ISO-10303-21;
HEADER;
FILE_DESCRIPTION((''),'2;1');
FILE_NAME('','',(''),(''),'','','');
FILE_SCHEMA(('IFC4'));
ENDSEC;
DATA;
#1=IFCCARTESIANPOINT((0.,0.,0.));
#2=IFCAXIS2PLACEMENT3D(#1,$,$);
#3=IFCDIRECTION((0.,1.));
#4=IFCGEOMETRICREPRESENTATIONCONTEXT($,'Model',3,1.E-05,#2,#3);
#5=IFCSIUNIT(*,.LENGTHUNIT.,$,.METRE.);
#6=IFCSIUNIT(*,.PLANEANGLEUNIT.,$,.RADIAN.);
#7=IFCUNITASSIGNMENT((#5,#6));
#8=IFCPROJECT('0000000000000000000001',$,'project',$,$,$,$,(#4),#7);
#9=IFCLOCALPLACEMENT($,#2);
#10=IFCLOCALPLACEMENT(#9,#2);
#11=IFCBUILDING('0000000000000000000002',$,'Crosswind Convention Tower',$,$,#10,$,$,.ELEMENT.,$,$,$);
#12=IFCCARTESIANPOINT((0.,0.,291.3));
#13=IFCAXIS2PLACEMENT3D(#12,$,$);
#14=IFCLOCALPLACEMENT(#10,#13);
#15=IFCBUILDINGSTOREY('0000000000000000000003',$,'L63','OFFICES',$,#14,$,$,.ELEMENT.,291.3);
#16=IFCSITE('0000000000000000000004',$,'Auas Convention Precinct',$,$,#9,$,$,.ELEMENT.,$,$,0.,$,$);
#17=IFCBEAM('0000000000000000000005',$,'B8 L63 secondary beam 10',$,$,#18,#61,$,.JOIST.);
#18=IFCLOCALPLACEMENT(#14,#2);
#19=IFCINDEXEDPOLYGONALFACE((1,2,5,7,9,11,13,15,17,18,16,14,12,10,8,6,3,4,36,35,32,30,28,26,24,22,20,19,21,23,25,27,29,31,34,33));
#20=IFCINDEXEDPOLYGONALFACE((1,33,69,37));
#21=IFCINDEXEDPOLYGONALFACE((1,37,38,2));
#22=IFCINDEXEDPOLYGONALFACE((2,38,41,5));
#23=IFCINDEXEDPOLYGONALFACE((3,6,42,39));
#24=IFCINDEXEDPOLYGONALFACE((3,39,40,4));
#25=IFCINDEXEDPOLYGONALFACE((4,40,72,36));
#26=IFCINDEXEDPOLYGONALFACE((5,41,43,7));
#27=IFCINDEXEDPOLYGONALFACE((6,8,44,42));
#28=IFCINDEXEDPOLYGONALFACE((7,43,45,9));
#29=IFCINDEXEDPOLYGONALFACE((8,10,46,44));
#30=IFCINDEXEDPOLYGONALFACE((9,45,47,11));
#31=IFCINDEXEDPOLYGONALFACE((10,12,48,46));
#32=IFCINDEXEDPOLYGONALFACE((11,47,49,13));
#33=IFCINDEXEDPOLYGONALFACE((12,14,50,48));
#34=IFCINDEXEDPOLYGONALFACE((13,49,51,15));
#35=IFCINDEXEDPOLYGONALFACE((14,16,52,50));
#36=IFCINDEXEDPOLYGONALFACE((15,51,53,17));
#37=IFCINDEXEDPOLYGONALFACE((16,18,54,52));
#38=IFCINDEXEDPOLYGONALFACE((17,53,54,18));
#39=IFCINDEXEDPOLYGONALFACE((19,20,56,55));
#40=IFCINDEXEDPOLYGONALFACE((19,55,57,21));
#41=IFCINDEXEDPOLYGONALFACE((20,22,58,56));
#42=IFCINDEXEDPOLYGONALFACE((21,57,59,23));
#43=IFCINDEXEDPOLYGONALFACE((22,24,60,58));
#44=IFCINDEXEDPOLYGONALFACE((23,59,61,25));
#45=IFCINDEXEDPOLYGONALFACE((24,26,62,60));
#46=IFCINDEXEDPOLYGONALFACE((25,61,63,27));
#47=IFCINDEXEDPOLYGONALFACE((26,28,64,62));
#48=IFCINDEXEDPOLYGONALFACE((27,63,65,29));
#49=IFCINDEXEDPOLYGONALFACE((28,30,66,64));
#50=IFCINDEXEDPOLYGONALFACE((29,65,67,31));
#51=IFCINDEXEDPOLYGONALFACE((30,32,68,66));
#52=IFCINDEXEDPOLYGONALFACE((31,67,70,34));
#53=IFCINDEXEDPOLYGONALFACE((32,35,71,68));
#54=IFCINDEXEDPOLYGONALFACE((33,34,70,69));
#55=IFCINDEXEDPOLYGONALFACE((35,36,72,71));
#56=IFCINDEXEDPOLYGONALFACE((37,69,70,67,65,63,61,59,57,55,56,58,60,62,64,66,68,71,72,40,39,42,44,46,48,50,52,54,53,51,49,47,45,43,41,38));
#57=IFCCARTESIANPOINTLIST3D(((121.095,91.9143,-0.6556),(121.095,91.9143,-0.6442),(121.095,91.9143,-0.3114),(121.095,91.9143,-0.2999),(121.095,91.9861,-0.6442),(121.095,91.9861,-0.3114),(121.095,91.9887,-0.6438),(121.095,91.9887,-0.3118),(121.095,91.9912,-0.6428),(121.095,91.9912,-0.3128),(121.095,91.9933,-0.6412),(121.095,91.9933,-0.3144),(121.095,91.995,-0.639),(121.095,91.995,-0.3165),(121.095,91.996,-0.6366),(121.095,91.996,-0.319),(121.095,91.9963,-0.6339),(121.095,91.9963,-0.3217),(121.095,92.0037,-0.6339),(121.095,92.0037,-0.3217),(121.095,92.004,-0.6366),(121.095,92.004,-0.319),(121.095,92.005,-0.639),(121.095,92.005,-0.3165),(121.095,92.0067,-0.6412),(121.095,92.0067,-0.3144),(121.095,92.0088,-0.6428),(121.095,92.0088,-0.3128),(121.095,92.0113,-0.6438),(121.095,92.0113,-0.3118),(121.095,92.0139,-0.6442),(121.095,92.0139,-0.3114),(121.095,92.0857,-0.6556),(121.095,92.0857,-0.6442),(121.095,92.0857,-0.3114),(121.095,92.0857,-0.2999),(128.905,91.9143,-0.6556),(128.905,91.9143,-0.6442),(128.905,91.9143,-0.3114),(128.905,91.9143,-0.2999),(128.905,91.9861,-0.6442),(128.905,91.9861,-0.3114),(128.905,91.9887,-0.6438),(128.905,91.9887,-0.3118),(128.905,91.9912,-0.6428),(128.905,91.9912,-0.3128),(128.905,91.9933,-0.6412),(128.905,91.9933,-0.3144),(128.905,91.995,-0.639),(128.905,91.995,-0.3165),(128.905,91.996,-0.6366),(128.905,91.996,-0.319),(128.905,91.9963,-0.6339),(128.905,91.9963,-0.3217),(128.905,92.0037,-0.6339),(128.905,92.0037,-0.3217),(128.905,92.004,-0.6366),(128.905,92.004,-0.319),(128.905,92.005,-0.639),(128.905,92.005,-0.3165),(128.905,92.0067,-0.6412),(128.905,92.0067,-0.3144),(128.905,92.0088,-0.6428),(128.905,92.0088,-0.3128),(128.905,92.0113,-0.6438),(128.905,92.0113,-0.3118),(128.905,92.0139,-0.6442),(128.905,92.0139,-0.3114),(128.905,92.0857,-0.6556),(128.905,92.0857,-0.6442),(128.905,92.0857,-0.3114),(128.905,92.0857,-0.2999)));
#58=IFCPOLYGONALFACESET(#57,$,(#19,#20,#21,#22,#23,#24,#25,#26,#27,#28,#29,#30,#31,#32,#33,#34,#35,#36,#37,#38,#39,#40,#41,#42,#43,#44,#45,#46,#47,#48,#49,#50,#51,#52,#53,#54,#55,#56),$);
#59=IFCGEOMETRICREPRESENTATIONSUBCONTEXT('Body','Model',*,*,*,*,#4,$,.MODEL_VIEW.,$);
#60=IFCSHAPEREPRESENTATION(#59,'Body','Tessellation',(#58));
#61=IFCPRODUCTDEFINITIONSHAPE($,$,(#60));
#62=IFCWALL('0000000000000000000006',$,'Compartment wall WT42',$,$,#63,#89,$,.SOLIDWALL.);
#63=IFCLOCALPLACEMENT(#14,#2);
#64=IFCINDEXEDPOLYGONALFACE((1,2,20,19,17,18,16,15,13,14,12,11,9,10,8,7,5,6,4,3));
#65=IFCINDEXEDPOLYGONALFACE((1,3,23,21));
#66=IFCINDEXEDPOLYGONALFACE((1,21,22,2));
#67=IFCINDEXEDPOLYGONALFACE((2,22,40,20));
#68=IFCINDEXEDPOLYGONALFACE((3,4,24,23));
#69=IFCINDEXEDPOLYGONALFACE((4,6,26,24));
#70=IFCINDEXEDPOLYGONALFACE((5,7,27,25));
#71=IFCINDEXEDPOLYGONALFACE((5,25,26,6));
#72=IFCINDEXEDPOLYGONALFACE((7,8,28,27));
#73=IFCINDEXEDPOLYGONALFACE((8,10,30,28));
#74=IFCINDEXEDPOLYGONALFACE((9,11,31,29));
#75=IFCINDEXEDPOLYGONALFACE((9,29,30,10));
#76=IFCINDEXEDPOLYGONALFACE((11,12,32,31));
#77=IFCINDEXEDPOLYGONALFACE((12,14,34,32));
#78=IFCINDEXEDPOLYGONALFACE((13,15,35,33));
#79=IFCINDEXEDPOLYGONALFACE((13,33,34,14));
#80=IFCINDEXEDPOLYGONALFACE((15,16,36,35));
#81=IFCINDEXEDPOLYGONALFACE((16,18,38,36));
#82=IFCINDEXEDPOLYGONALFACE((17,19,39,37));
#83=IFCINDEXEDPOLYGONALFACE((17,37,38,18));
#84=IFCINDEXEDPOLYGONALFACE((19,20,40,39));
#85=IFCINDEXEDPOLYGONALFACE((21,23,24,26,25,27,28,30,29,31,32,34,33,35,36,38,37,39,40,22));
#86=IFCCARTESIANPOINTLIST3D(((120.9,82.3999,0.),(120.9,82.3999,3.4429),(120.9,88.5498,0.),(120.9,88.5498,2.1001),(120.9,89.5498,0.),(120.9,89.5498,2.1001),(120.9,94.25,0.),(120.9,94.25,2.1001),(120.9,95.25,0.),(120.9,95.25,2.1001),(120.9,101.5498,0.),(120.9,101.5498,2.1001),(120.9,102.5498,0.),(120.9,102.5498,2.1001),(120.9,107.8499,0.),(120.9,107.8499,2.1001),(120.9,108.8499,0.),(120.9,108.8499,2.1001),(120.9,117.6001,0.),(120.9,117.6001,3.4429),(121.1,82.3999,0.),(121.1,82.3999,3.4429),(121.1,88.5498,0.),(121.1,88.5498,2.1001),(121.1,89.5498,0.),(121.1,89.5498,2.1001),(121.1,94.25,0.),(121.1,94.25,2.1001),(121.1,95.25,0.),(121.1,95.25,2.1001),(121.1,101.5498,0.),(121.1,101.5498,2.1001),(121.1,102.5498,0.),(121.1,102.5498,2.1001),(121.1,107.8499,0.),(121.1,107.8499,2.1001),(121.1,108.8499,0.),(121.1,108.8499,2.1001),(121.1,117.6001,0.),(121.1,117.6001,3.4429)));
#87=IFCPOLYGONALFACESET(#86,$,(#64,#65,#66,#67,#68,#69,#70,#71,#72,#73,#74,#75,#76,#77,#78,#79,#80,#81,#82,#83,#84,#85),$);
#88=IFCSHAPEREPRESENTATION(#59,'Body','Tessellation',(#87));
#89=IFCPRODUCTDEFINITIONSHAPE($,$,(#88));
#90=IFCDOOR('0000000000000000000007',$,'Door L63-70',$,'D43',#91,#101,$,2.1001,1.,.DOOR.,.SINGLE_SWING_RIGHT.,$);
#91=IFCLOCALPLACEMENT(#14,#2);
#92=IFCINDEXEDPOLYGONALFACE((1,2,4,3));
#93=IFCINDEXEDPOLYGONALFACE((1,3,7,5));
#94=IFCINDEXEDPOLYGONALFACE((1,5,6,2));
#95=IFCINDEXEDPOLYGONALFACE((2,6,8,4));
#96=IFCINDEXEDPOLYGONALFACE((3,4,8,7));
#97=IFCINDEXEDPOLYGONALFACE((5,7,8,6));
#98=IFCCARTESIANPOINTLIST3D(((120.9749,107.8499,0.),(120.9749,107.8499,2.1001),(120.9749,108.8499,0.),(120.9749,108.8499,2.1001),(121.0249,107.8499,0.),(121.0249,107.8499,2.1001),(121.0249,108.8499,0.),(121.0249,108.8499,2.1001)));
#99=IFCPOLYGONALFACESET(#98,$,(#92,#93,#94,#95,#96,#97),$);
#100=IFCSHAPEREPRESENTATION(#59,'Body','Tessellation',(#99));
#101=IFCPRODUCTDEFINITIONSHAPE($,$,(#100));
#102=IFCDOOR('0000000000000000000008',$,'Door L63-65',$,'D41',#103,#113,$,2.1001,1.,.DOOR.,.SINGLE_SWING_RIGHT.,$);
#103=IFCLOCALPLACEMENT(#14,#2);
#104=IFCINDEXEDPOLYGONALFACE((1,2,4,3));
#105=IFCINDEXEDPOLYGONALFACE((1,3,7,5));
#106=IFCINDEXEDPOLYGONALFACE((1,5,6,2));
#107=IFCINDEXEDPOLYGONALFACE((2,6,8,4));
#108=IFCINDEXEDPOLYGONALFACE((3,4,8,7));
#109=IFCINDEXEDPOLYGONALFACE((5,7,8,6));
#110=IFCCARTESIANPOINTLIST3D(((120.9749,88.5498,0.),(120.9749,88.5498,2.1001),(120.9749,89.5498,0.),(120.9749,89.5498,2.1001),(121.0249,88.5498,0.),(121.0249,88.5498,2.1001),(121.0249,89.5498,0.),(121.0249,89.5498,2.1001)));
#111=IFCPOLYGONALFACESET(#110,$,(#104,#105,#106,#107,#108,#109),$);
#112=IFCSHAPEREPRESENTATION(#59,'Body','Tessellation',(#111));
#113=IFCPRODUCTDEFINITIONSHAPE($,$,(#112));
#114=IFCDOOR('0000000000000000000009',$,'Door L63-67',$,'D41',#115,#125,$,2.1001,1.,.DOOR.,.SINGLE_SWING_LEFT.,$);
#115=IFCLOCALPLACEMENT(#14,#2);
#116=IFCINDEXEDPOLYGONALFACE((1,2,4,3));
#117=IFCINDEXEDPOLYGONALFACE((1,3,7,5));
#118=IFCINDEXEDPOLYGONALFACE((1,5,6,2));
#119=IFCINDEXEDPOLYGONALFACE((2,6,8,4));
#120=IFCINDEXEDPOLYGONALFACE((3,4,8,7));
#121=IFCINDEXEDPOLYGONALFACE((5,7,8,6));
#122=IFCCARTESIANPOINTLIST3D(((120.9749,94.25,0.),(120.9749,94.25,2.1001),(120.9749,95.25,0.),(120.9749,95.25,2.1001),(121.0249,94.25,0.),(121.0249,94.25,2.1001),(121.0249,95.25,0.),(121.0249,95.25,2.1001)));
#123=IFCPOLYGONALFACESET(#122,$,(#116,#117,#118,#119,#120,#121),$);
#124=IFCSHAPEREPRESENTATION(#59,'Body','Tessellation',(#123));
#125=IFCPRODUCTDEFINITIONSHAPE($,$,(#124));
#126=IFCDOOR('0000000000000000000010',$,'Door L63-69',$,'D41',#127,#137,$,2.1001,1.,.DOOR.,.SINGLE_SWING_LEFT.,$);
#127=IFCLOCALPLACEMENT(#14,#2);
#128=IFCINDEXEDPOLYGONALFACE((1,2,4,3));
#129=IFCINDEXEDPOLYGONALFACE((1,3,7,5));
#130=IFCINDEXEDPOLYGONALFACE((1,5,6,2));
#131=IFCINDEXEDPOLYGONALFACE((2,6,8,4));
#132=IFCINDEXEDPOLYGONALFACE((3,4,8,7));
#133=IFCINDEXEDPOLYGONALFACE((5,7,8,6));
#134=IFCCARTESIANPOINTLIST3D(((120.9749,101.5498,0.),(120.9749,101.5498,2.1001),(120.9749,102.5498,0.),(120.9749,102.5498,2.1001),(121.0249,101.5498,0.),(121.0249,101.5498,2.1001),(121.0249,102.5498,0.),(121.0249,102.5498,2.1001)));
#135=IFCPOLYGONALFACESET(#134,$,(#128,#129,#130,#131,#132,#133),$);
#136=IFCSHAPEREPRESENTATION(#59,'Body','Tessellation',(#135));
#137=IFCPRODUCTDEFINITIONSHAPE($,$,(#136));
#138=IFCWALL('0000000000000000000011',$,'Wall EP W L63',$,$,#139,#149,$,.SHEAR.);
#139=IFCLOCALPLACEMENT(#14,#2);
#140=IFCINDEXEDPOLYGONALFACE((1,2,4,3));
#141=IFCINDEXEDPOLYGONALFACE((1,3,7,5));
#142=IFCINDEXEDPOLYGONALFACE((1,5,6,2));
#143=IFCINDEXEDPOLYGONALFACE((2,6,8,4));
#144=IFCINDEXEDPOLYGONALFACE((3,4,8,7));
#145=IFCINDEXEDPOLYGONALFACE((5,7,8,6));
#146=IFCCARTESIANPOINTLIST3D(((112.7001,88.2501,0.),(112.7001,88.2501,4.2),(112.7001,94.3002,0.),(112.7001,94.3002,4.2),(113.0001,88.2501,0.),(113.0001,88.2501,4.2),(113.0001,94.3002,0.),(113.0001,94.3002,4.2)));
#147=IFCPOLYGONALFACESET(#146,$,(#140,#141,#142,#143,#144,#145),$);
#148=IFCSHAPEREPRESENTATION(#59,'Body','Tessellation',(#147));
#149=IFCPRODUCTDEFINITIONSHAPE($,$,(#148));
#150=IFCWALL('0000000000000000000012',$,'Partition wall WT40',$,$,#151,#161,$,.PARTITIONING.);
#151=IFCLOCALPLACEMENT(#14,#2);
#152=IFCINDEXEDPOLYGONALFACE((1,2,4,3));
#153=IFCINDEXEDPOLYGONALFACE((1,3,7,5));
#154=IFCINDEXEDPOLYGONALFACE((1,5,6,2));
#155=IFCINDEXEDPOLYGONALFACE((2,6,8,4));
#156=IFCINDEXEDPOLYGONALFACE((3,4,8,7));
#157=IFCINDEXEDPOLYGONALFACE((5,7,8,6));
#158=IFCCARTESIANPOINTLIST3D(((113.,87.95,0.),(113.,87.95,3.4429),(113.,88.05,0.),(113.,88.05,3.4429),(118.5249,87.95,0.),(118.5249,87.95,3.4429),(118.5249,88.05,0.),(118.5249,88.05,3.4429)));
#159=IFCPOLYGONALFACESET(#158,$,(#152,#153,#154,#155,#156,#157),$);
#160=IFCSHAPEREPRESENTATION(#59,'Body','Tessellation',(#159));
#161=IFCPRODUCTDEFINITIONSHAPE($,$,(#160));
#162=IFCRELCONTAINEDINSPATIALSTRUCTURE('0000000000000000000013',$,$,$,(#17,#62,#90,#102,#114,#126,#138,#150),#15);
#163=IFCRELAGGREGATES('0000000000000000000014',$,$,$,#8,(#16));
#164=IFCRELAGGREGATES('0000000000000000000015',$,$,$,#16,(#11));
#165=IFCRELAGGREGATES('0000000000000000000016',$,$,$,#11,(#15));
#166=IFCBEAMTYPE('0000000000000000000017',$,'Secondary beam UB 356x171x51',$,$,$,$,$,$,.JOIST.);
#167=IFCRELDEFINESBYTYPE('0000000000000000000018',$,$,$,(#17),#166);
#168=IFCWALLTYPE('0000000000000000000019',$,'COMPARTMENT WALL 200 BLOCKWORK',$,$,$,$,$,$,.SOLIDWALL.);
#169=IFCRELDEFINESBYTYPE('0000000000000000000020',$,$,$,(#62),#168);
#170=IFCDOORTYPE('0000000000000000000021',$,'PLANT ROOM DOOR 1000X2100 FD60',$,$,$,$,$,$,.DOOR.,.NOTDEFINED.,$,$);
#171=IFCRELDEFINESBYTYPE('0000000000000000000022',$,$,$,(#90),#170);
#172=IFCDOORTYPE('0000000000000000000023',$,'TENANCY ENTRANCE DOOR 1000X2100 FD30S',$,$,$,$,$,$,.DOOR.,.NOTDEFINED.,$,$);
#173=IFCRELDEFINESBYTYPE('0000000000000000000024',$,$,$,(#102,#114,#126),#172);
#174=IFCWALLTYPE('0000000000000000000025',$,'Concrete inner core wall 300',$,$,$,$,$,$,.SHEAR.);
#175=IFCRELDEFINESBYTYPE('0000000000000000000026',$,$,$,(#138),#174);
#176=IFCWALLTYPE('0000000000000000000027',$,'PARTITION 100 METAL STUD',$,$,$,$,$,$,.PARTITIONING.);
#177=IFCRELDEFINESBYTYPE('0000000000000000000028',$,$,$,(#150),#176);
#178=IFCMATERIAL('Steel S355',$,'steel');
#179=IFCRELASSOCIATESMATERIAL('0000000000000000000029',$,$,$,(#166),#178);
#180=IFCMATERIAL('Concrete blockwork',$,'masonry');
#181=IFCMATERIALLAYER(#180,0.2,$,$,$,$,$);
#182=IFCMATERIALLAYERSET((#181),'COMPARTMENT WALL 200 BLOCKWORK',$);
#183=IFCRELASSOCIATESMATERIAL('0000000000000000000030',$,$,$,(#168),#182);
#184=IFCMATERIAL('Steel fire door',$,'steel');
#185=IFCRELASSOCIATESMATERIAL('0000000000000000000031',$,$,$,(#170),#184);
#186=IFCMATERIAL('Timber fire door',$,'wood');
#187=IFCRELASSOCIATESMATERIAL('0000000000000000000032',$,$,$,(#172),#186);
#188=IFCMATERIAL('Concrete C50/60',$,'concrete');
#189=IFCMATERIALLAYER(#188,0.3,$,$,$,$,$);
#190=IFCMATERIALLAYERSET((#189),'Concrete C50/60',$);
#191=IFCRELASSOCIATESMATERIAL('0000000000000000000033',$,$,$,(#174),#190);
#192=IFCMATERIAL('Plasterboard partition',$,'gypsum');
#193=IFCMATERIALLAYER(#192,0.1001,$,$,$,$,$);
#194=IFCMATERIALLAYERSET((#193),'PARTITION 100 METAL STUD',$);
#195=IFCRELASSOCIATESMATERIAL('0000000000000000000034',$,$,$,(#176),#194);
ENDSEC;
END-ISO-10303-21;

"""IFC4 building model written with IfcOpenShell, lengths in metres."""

from ifc_helpers import new_model, si_unit, direction, frame, frame_2d, origin, origin_2d, place, context, subcontext, project, spatial, rectangle, i_section, extrude, material, layer, layer_set, material_profile, profile_set, type_object, element, fill, save


model = new_model("IFC4")

# Units and contexts
model_context = context("Model", 3, precision=1e-05, world=origin(), true_north=direction((0.0, 1.0)))
body_context = subcontext(model_context, "Body", "Model", "MODEL_VIEW")
ifc_project = project(units=[si_unit("LENGTHUNIT", "METRE"), si_unit("PLANEANGLEUNIT", "RADIAN")], contexts=[model_context])

# Site, building, storey
site_placement = place(None, origin())
site = spatial("IfcSite", under=ifc_project, at=site_placement, Name="Auas Convention Precinct", CompositionType="ELEMENT", RefElevation=0.0)
building_placement = place(site_placement, origin())
building = spatial("IfcBuilding", under=site, at=building_placement, Name="Crosswind Convention Tower", CompositionType="ELEMENT")
storey_placement = place(building_placement, frame((0.0, 0.0, 291.3)))
storey = spatial("IfcBuildingStorey", under=building, at=storey_placement, Name="L63", Description="OFFICES", CompositionType="ELEMENT", Elevation=291.3)

# Beam
ifc_material_1 = material(Name="Steel S355", Category="steel")
ifc_material_profile_1 = material_profile(ifc_material_1, i_section(OverallWidth=0.1714, OverallDepth=0.3557, WebThickness=0.0073, FlangeThickness=0.0115, FilletRadius=0.0103, at=origin_2d()), Name="UB 356x171x51")
ifc_profile_set_1 = profile_set([ifc_material_profile_1], Name="Steel S355")
beam_type_1 = type_object("IfcBeamType", Name="Secondary beam UB 356x171x51", PredefinedType="JOIST", material=ifc_profile_set_1)
for number, where, z_axis, x_axis, name in (
    (1, (121.095, 92.0, -0.4778), (1.0, 0.0, 0.0), (0.0, 1.0, 0.0), "B8 L63 secondary beam 10"),
):
    element("IfcBeam", number, at=place(storey_placement, frame(where, z_axis=z_axis, x_axis=x_axis)), inside=storey, type_object=beam_type_1, Name=name, PredefinedType="JOIST", context=body_context, shape_type="SweptSolid", body=[
        extrude(i_section(OverallWidth=0.1714, OverallDepth=0.3557, WebThickness=0.0073, FlangeThickness=0.0115, FilletRadius=0.0103, at=origin_2d()), origin(), (0.0, 0.0, 1.0), 7.8101),
    ])

# Wall, openings, doors
ifc_material_2 = material(Name="Concrete blockwork", Category="masonry")
ifc_layer_1 = layer(ifc_material_2, 0.2)
ifc_layer_set_1 = layer_set([ifc_layer_1], Name="COMPARTMENT WALL 200 BLOCKWORK")
wall_type_1 = type_object("IfcWallType", Name="COMPARTMENT WALL 200 BLOCKWORK", PredefinedType="SOLIDWALL", material=ifc_layer_set_1)
wall_1_placement = place(storey_placement, frame((121.0, 82.3999, 0.0), z_axis=(0.0, 0.0, 1.0), x_axis=(0.0, 1.0, 0.0)))
wall_1 = element("IfcWall", 2, at=wall_1_placement, inside=storey, type_object=wall_type_1, Name="Compartment wall WT42", PredefinedType="SOLIDWALL", context=body_context, shape_type="SweptSolid", body=[
    extrude(rectangle(XDim=35.2002, YDim=0.2, at=frame_2d((17.6001, 0.0))), origin(), (0.0, 0.0, 1.0), 3.4429),
])
opening_1_placement = place(wall_1_placement, frame((6.1499, 0.0, 0.0)))
opening_1 = element("IfcOpeningElement", 3, at=opening_1_placement, cuts=wall_1, PredefinedType="OPENING", context=body_context, shape_type="SweptSolid", body=[
    extrude(rectangle(XDim=1.0, YDim=2.1001, at=frame_2d((0.5, 1.05))), frame((0.0, 0.1099, 0.0), z_axis=(0.0, -1.0, 0.0), x_axis=(1.0, 0.0, 0.0)), (0.0, 0.0, 1.0), 0.22),
])
opening_2_placement = place(wall_1_placement, frame((11.8501, 0.0, 0.0)))
opening_2 = element("IfcOpeningElement", 4, at=opening_2_placement, cuts=wall_1, PredefinedType="OPENING", context=body_context, shape_type="SweptSolid", body=[
    extrude(rectangle(XDim=1.0, YDim=2.1001, at=frame_2d((0.5, 1.05))), frame((0.0, 0.1099, 0.0), z_axis=(0.0, -1.0, 0.0), x_axis=(1.0, 0.0, 0.0)), (0.0, 0.0, 1.0), 0.22),
])
opening_3_placement = place(wall_1_placement, frame((19.1499, 0.0, 0.0)))
opening_3 = element("IfcOpeningElement", 5, at=opening_3_placement, cuts=wall_1, PredefinedType="OPENING", context=body_context, shape_type="SweptSolid", body=[
    extrude(rectangle(XDim=1.0, YDim=2.1001, at=frame_2d((0.5, 1.05))), frame((0.0, 0.1099, 0.0), z_axis=(0.0, -1.0, 0.0), x_axis=(1.0, 0.0, 0.0)), (0.0, 0.0, 1.0), 0.22),
])
opening_4_placement = place(wall_1_placement, frame((25.45, 0.0, 0.0)))
opening_4 = element("IfcOpeningElement", 6, at=opening_4_placement, cuts=wall_1, PredefinedType="OPENING", context=body_context, shape_type="SweptSolid", body=[
    extrude(rectangle(XDim=1.0, YDim=2.1001, at=frame_2d((0.5, 1.05))), frame((0.0, 0.1099, 0.0), z_axis=(0.0, -1.0, 0.0), x_axis=(1.0, 0.0, 0.0)), (0.0, 0.0, 1.0), 0.22),
])
ifc_material_3 = material(Name="Steel fire door", Category="steel")
door_type_1 = type_object("IfcDoorType", Name="PLANT ROOM DOOR 1000X2100 FD60", OperationType="NOTDEFINED", PredefinedType="DOOR", material=ifc_material_3)
door_1_placement = place(opening_4_placement, frame((1.0, 0.0, 0.0), z_axis=(0.0, 0.0, 1.0), x_axis=(-1.0, 0.0, 0.0)))
door_1 = element("IfcDoor", 7, at=door_1_placement, inside=storey, type_object=door_type_1, Name="Door L63-70", ObjectType="D43", OperationType="SINGLE_SWING_RIGHT", OverallHeight=2.1001, OverallWidth=1.0, PredefinedType="DOOR", context=body_context, shape_type="SweptSolid", body=[
    extrude(rectangle(XDim=1.0, YDim=2.1001, at=frame_2d((0.5, 1.05))), frame((0.0, 0.0249, 0.0), z_axis=(0.0, -1.0, 0.0), x_axis=(1.0, 0.0, 0.0)), (0.0, 0.0, 1.0), 0.05),
])
fill(opening_4, door_1)
ifc_material_4 = material(Name="Timber fire door", Category="wood")
door_type_2 = type_object("IfcDoorType", Name="TENANCY ENTRANCE DOOR 1000X2100 FD30S", OperationType="NOTDEFINED", PredefinedType="DOOR", material=ifc_material_4)
door_2_placement = place(opening_1_placement, frame((1.0, 0.0, 0.0), z_axis=(0.0, 0.0, 1.0), x_axis=(-1.0, 0.0, 0.0)))
door_2 = element("IfcDoor", 8, at=door_2_placement, inside=storey, type_object=door_type_2, Name="Door L63-65", ObjectType="D41", OperationType="SINGLE_SWING_RIGHT", OverallHeight=2.1001, OverallWidth=1.0, PredefinedType="DOOR", context=body_context, shape_type="SweptSolid", body=[
    extrude(rectangle(XDim=1.0, YDim=2.1001, at=frame_2d((0.5, 1.05))), frame((0.0, 0.0249, 0.0), z_axis=(0.0, -1.0, 0.0), x_axis=(1.0, 0.0, 0.0)), (0.0, 0.0, 1.0), 0.05),
])
fill(opening_1, door_2)
door_3_placement = place(opening_2_placement, frame((1.0, 0.0, 0.0), z_axis=(0.0, 0.0, 1.0), x_axis=(-1.0, 0.0, 0.0)))
door_3 = element("IfcDoor", 9, at=door_3_placement, inside=storey, type_object=door_type_2, Name="Door L63-67", ObjectType="D41", OperationType="SINGLE_SWING_LEFT", OverallHeight=2.1001, OverallWidth=1.0, PredefinedType="DOOR", context=body_context, shape_type="SweptSolid", body=[
    extrude(rectangle(XDim=1.0, YDim=2.1001, at=frame_2d((0.5, 1.05))), frame((0.0, 0.0249, 0.0), z_axis=(0.0, -1.0, 0.0), x_axis=(1.0, 0.0, 0.0)), (0.0, 0.0, 1.0), 0.05),
])
fill(opening_2, door_3)
door_4_placement = place(opening_3_placement, frame((1.0, 0.0, 0.0), z_axis=(0.0, 0.0, 1.0), x_axis=(-1.0, 0.0, 0.0)))
door_4 = element("IfcDoor", 10, at=door_4_placement, inside=storey, type_object=door_type_2, Name="Door L63-69", ObjectType="D41", OperationType="SINGLE_SWING_LEFT", OverallHeight=2.1001, OverallWidth=1.0, PredefinedType="DOOR", context=body_context, shape_type="SweptSolid", body=[
    extrude(rectangle(XDim=1.0, YDim=2.1001, at=frame_2d((0.5, 1.05))), frame((0.0, 0.0249, 0.0), z_axis=(0.0, -1.0, 0.0), x_axis=(1.0, 0.0, 0.0)), (0.0, 0.0, 1.0), 0.05),
])
fill(opening_3, door_4)

# Walls
ifc_material_5 = material(Name="Concrete C50/60", Category="concrete")
ifc_layer_2 = layer(ifc_material_5, 0.3)
ifc_layer_set_2 = layer_set([ifc_layer_2], Name="Concrete C50/60")
wall_type_2 = type_object("IfcWallType", Name="Concrete inner core wall 300", PredefinedType="SHEAR", material=ifc_layer_set_2)
wall_2_placement = place(storey_placement, frame((112.8501, 94.3, 0.0), z_axis=(0.0, 0.0, 1.0), x_axis=(0.0, -1.0, 0.0)))
element("IfcWall", 11, at=wall_2_placement, inside=storey, type_object=wall_type_2, Name="Wall EP W L63", PredefinedType="SHEAR", context=body_context, shape_type="SweptSolid", body=[
    extrude(rectangle(XDim=6.05, YDim=0.3, at=frame_2d((3.0249, 0.0))), origin(), (0.0, 0.0, 1.0), 4.2),
])
ifc_material_6 = material(Name="Plasterboard partition", Category="gypsum")
ifc_layer_3 = layer(ifc_material_6, 0.1001)
ifc_layer_set_3 = layer_set([ifc_layer_3], Name="PARTITION 100 METAL STUD")
wall_type_3 = type_object("IfcWallType", Name="PARTITION 100 METAL STUD", PredefinedType="PARTITIONING", material=ifc_layer_set_3)
for number, where, z_axis, x_axis, name in (
    (12, (113.0, 88.0, 0.0), (0.0, 0.0, 1.0), (1.0, 0.0, 0.0), "Partition wall WT40"),
):
    element("IfcWall", number, at=place(storey_placement, frame(where, z_axis=z_axis, x_axis=x_axis)), inside=storey, type_object=wall_type_3, Name=name, PredefinedType="PARTITIONING", context=body_context, shape_type="SweptSolid", body=[
        extrude(rectangle(XDim=5.5249, YDim=0.1001, at=frame_2d((2.7625, 0.0))), origin(), (0.0, 0.0, 1.0), 3.4429),
    ])

save(model, "model.ifc")
